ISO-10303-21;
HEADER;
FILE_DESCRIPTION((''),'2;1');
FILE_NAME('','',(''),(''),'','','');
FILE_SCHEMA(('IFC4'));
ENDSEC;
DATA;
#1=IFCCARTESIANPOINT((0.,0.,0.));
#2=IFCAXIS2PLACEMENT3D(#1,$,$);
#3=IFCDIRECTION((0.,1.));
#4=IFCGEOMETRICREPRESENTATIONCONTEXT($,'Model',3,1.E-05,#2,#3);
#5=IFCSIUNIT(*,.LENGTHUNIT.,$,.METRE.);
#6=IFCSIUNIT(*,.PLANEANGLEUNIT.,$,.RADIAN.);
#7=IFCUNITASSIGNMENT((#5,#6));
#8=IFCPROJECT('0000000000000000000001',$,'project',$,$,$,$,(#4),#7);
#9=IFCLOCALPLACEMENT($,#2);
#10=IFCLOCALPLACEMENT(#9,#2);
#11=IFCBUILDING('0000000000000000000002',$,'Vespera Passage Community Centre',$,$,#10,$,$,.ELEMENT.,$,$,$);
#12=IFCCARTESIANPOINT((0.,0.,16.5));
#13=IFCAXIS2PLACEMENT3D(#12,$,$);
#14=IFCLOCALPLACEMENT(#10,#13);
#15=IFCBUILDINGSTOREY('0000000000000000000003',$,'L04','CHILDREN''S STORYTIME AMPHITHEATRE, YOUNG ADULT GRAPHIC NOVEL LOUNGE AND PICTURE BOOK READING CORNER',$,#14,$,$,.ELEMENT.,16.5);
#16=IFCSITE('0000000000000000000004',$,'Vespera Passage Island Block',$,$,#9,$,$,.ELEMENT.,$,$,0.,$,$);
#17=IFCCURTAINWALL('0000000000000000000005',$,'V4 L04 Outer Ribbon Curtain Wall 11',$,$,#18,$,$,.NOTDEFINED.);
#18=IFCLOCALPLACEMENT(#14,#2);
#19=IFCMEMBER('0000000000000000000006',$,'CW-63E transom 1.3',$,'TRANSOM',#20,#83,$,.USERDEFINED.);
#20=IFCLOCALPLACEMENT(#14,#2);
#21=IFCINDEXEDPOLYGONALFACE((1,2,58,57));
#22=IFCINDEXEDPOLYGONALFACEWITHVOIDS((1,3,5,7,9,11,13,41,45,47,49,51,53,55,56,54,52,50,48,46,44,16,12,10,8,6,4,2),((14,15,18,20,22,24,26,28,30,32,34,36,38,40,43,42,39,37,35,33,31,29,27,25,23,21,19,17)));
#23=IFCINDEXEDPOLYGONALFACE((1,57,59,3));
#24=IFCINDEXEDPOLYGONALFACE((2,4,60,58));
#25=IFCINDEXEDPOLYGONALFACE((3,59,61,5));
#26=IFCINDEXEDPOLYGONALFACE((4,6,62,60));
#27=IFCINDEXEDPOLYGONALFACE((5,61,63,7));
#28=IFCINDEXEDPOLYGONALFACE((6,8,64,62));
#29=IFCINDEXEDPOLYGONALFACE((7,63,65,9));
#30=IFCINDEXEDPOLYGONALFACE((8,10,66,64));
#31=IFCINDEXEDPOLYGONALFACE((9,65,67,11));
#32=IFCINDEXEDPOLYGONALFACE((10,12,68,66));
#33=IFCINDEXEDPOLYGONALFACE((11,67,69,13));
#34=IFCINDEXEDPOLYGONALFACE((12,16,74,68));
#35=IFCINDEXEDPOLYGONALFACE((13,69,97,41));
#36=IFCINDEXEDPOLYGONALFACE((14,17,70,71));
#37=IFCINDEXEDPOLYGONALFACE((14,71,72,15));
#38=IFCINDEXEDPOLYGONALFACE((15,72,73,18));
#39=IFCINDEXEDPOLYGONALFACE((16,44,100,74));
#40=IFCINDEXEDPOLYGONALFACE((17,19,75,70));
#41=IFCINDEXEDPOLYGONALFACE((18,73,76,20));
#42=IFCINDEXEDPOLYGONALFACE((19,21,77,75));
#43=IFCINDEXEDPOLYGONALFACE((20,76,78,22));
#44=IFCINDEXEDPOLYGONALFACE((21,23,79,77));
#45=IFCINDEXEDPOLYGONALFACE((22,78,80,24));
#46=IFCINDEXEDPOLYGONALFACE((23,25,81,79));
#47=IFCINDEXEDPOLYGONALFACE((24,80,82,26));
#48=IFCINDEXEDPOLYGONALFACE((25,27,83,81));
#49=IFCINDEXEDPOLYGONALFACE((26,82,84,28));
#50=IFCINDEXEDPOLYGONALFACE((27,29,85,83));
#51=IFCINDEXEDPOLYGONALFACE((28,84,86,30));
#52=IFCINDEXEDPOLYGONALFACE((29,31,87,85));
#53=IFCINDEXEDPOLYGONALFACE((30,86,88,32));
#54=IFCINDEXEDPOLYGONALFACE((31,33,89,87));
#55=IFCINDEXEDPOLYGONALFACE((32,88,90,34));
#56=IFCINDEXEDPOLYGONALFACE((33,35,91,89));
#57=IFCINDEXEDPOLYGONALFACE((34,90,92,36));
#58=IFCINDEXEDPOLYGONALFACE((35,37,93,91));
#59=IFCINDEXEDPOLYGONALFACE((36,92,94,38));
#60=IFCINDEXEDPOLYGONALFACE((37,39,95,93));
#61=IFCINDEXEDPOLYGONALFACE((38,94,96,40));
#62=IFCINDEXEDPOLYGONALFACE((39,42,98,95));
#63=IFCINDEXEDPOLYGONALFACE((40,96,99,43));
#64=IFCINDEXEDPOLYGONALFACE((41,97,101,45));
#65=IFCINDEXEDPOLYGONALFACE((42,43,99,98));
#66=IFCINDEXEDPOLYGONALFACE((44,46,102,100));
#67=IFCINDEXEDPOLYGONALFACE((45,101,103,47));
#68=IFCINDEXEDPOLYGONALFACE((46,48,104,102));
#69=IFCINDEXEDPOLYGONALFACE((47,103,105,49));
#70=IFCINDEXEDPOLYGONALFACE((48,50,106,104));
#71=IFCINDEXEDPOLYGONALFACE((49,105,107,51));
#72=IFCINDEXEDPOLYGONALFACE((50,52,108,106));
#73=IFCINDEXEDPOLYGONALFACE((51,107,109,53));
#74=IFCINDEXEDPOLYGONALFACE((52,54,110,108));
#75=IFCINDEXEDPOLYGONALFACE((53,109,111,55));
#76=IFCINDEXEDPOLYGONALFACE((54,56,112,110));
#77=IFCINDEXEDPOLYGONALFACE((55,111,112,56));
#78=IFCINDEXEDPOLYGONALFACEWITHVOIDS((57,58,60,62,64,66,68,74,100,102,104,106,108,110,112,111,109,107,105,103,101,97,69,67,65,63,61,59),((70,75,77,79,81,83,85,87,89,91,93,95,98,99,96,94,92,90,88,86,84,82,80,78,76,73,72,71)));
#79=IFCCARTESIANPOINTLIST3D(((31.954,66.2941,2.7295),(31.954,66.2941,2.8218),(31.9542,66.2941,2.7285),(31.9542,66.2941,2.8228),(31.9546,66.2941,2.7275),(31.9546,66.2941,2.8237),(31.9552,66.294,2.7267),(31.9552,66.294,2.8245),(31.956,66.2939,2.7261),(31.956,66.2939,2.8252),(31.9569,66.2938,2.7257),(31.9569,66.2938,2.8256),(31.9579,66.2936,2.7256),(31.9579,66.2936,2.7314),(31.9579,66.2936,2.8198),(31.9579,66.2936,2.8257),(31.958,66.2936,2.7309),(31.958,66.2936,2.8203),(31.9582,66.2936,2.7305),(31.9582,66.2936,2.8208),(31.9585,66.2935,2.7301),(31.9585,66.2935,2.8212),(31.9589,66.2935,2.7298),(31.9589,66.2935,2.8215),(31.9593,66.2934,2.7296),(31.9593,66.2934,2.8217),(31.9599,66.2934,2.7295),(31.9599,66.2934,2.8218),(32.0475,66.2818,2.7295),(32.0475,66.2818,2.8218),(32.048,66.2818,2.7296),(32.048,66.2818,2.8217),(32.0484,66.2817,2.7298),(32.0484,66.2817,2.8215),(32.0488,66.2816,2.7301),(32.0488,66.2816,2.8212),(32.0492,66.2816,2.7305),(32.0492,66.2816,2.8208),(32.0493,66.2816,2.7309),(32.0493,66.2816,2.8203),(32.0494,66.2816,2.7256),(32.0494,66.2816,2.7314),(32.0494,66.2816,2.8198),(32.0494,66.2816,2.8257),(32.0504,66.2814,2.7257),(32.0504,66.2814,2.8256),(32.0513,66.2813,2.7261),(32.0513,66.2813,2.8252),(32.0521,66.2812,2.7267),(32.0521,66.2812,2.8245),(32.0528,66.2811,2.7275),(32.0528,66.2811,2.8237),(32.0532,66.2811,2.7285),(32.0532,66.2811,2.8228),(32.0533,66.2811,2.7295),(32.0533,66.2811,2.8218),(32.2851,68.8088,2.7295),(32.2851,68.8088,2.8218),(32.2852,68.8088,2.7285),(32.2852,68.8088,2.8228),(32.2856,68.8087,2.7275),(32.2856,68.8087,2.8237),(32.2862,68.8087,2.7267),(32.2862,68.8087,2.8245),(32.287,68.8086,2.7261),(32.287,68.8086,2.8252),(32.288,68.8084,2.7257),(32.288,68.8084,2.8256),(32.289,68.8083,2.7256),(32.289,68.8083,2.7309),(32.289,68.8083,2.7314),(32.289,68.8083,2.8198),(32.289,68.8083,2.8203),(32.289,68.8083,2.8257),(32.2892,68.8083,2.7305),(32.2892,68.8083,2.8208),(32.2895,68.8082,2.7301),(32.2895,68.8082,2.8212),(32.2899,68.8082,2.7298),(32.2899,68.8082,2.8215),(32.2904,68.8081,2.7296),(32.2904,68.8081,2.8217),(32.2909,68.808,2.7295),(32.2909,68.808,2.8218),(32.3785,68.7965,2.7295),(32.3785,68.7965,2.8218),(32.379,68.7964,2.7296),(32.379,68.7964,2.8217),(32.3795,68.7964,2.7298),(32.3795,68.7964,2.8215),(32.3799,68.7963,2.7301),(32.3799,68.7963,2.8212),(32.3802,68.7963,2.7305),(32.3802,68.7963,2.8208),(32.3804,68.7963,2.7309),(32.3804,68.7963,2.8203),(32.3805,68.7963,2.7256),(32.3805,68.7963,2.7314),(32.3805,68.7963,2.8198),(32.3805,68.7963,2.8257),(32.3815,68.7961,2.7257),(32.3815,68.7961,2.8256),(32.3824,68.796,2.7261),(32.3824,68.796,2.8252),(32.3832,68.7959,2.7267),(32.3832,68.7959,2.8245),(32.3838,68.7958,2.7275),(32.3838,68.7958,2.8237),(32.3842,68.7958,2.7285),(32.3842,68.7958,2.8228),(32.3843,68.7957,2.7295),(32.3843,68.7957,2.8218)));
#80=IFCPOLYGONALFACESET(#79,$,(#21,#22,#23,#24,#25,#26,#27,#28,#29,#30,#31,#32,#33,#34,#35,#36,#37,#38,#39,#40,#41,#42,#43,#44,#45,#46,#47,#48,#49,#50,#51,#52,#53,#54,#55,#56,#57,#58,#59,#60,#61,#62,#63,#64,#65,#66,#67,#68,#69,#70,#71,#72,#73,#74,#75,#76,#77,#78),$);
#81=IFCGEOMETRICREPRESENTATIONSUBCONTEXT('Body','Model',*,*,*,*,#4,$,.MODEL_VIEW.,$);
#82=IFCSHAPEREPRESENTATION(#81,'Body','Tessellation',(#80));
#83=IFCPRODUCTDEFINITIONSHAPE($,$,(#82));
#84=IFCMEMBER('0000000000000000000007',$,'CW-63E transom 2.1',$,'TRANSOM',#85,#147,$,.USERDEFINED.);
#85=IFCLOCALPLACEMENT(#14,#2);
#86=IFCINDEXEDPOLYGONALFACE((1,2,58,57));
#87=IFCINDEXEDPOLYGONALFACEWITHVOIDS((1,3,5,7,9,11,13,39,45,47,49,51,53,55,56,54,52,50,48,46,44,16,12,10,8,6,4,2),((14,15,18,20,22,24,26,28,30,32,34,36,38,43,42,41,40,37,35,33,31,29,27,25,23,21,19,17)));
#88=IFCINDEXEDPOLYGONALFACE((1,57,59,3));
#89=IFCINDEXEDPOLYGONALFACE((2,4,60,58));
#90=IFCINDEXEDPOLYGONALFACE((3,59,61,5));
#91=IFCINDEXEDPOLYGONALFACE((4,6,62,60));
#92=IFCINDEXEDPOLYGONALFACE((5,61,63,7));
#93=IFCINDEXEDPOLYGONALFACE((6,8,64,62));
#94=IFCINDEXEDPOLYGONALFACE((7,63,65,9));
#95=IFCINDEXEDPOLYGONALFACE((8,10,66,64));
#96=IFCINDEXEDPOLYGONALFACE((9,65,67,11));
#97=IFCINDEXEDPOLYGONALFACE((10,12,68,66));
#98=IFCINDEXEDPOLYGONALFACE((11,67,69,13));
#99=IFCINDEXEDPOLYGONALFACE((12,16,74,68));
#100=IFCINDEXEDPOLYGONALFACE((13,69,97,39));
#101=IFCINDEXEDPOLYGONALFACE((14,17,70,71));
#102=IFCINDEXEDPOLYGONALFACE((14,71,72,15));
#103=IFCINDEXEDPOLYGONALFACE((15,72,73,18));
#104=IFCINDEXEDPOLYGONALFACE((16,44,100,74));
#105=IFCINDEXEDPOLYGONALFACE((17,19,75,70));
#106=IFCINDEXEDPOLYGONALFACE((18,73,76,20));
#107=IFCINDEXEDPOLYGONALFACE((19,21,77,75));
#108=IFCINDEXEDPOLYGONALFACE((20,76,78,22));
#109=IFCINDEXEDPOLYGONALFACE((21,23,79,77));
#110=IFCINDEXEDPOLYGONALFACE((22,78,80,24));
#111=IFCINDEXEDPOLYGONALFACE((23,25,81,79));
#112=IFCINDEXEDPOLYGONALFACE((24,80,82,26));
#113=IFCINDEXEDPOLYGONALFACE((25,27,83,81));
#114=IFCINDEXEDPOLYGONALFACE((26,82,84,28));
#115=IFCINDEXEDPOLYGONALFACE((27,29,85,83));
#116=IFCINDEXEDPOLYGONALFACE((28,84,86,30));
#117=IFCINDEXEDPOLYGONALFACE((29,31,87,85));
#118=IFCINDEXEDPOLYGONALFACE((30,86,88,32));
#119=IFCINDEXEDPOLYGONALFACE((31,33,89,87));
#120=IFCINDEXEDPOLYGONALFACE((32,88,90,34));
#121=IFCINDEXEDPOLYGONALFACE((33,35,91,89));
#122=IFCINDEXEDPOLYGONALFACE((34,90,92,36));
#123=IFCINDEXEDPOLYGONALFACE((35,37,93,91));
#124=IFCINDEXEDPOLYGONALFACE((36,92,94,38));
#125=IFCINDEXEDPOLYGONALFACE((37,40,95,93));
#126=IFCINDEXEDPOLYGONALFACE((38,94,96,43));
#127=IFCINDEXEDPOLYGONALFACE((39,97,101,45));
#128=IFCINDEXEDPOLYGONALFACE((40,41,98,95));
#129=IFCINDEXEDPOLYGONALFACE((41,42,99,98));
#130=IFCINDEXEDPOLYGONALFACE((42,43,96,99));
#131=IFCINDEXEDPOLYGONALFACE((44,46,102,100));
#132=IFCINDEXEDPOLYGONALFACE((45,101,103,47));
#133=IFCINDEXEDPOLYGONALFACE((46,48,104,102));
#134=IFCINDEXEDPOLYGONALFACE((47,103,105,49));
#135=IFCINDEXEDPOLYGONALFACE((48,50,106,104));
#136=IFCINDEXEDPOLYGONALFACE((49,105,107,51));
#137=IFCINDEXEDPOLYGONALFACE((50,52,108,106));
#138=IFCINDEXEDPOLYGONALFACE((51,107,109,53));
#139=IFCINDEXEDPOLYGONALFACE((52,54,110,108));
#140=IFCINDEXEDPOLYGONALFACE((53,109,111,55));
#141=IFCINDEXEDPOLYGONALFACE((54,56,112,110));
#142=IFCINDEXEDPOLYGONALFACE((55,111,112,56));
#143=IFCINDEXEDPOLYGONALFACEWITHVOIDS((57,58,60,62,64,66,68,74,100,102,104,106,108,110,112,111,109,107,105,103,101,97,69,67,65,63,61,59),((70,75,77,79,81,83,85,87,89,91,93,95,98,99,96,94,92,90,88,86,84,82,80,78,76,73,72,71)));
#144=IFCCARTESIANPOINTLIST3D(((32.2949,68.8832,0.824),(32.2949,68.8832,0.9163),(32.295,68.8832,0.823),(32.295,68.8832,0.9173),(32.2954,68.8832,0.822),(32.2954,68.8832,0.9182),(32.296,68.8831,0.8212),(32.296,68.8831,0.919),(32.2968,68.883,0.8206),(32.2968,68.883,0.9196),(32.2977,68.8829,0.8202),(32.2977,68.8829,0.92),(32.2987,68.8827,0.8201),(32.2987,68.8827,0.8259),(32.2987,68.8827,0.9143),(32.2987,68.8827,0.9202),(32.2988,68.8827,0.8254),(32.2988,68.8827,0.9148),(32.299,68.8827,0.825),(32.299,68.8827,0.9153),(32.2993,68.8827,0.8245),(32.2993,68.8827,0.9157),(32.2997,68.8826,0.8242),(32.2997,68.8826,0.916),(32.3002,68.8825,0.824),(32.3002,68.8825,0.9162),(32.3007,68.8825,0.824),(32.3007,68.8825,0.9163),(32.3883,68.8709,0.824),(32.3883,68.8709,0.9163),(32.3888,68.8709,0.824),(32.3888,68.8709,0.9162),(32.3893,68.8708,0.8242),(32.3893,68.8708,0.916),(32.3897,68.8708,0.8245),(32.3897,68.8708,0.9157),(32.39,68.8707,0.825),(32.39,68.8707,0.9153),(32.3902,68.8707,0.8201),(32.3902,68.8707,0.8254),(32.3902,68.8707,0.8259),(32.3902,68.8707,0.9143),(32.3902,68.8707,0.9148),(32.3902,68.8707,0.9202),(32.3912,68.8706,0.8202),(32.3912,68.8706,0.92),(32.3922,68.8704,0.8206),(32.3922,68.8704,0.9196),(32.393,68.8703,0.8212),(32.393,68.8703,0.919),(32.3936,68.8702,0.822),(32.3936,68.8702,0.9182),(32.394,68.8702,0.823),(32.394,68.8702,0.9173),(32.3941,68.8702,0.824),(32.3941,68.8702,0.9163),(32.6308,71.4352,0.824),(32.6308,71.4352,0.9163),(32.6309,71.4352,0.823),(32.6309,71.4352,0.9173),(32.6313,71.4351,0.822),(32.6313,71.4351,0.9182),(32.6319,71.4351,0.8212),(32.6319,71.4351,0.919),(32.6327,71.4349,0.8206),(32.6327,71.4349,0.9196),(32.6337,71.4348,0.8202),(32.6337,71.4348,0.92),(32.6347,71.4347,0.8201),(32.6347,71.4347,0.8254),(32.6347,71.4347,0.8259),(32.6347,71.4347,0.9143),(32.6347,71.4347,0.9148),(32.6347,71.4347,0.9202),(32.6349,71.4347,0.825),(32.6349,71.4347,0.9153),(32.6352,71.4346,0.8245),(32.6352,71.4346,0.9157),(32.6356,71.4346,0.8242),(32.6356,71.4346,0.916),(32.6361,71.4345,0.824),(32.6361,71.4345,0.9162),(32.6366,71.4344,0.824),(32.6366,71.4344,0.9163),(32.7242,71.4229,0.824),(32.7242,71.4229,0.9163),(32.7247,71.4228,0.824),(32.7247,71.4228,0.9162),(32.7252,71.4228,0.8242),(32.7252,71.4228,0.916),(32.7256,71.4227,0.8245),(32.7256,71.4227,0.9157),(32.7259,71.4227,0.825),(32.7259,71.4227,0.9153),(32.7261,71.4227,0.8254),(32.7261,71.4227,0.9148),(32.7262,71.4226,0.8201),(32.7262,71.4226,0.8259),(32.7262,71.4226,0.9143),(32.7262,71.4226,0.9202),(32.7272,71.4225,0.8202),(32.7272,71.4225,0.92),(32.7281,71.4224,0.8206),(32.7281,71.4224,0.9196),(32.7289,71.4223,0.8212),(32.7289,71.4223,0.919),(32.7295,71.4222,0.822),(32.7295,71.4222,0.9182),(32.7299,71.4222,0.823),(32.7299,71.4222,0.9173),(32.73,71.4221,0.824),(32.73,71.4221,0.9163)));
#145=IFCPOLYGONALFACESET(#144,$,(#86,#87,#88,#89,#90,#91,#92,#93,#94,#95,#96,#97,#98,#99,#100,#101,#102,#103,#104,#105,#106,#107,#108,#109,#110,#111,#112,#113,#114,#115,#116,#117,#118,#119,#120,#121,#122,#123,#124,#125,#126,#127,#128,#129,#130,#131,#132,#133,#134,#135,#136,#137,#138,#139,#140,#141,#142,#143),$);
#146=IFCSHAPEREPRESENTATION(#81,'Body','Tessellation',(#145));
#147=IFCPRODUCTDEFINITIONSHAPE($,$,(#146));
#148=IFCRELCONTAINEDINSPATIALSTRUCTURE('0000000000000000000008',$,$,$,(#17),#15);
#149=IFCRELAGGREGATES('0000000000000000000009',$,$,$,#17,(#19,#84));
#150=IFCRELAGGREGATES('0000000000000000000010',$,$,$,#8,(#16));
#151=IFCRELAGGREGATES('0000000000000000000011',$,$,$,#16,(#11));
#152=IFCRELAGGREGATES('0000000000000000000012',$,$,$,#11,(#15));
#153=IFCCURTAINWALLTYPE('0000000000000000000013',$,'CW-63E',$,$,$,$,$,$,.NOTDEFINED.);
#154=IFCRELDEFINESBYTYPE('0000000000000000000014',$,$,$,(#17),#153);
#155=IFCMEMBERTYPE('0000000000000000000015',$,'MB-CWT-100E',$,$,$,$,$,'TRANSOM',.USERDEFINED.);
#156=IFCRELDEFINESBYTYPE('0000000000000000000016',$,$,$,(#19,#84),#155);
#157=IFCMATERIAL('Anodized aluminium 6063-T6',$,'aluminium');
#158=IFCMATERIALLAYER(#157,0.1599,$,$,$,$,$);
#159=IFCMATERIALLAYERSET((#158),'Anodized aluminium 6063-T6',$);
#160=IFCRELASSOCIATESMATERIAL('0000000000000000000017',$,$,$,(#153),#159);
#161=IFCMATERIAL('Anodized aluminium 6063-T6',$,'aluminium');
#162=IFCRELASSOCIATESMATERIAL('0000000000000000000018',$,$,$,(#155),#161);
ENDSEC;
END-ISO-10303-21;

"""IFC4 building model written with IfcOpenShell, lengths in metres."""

from ifc_helpers import new_model, si_unit, direction, frame, origin, origin_2d, place, context, subcontext, project, spatial, hollow_rectangle, extrude, material, layer, layer_set, material_profile, profile_set, type_object, element, aggregate, save


model = new_model("IFC4")

# Units and contexts
model_context = context("Model", 3, precision=1e-05, world=origin(), true_north=direction((0.0, 1.0)))
body_context = subcontext(model_context, "Body", "Model", "MODEL_VIEW")
ifc_project = project(units=[si_unit("LENGTHUNIT", "METRE"), si_unit("PLANEANGLEUNIT", "RADIAN")], contexts=[model_context])

# Site, building, storey
site_placement = place(None, origin())
site = spatial("IfcSite", under=ifc_project, at=site_placement, Name="Vespera Passage Island Block", CompositionType="ELEMENT", RefElevation=0.0)
building_placement = place(site_placement, origin())
building = spatial("IfcBuilding", under=site, at=building_placement, Name="Vespera Passage Community Centre", CompositionType="ELEMENT")
storey_placement = place(building_placement, frame((0.0, 0.0, 16.5)))
storey = spatial("IfcBuildingStorey", under=building, at=storey_placement, Name="L04", Description="CHILDREN'S STORYTIME AMPHITHEATRE, YOUNG ADULT GRAPHIC NOVEL LOUNGE AND PICTURE BOOK READING CORNER", CompositionType="ELEMENT", Elevation=16.5)

# Curtain wall, members
ifc_material_1 = material(Name="Anodized aluminium 6063-T6", Category="aluminium")
ifc_layer_1 = layer(ifc_material_1, 0.1599)
ifc_layer_set_1 = layer_set([ifc_layer_1], Name="Anodized aluminium 6063-T6")
curtain_wall_type = type_object("IfcCurtainWallType", Name="CW-63E", PredefinedType="NOTDEFINED", material=ifc_layer_set_1)
curtain_wall_placement = place(storey_placement, origin())
curtain_wall = element("IfcCurtainWall", 1, at=curtain_wall_placement, inside=storey, type_object=curtain_wall_type, Name="V4 L04 Outer Ribbon Curtain Wall 11", PredefinedType="NOTDEFINED")
ifc_material_2 = material(Name="Anodized aluminium 6063-T6", Category="aluminium")
ifc_material_profile_1 = material_profile(ifc_material_2, hollow_rectangle(XDim=0.1001, YDim=0.1001, WallThickness=0.0039, InnerFilletRadius=0.002, OuterFilletRadius=0.0039, at=origin_2d()), Name="ALU100X100X4")
ifc_profile_set_1 = profile_set([ifc_material_profile_1], Name="Anodized aluminium 6063-T6")
member_type_1 = type_object("IfcMemberType", Name="MB-CWT-100E", ElementType="TRANSOM", PredefinedType="USERDEFINED", material=ifc_profile_set_1)
member_1_placement = place(storey_placement, frame((32.0037, 66.2876, 2.7756), z_axis=(0.130524, 0.991445, 0.0), x_axis=(-0.991445, 0.130524, 0.0)))
member_1 = element("IfcMember", 2, at=member_1_placement, type_object=member_type_1, Name="CW-63E transom 1.3", ObjectType="TRANSOM", PredefinedType="USERDEFINED", context=body_context, shape_type="SweptSolid", body=[
    extrude(hollow_rectangle(XDim=0.1001, YDim=0.1001, WallThickness=0.0039, InnerFilletRadius=0.002, OuterFilletRadius=0.0039, at=origin_2d()), origin(), (0.0, 0.0, 1.0), 2.5364),
])
member_2_placement = place(storey_placement, frame((32.3445, 68.8767, 0.8701), z_axis=(0.130511, 0.991447, 0.0), x_axis=(-0.991447, 0.130511, 0.0)))
member_2 = element("IfcMember", 3, at=member_2_placement, type_object=member_type_1, Name="CW-63E transom 2.1", ObjectType="TRANSOM", PredefinedType="USERDEFINED", context=body_context, shape_type="SweptSolid", body=[
    extrude(hollow_rectangle(XDim=0.1001, YDim=0.1001, WallThickness=0.0039, InnerFilletRadius=0.002, OuterFilletRadius=0.0039, at=origin_2d()), origin(), (0.0, 0.0, 1.0), 2.574),
])
aggregate(curtain_wall, [member_1, member_2])

save(model, "model.ifc")
